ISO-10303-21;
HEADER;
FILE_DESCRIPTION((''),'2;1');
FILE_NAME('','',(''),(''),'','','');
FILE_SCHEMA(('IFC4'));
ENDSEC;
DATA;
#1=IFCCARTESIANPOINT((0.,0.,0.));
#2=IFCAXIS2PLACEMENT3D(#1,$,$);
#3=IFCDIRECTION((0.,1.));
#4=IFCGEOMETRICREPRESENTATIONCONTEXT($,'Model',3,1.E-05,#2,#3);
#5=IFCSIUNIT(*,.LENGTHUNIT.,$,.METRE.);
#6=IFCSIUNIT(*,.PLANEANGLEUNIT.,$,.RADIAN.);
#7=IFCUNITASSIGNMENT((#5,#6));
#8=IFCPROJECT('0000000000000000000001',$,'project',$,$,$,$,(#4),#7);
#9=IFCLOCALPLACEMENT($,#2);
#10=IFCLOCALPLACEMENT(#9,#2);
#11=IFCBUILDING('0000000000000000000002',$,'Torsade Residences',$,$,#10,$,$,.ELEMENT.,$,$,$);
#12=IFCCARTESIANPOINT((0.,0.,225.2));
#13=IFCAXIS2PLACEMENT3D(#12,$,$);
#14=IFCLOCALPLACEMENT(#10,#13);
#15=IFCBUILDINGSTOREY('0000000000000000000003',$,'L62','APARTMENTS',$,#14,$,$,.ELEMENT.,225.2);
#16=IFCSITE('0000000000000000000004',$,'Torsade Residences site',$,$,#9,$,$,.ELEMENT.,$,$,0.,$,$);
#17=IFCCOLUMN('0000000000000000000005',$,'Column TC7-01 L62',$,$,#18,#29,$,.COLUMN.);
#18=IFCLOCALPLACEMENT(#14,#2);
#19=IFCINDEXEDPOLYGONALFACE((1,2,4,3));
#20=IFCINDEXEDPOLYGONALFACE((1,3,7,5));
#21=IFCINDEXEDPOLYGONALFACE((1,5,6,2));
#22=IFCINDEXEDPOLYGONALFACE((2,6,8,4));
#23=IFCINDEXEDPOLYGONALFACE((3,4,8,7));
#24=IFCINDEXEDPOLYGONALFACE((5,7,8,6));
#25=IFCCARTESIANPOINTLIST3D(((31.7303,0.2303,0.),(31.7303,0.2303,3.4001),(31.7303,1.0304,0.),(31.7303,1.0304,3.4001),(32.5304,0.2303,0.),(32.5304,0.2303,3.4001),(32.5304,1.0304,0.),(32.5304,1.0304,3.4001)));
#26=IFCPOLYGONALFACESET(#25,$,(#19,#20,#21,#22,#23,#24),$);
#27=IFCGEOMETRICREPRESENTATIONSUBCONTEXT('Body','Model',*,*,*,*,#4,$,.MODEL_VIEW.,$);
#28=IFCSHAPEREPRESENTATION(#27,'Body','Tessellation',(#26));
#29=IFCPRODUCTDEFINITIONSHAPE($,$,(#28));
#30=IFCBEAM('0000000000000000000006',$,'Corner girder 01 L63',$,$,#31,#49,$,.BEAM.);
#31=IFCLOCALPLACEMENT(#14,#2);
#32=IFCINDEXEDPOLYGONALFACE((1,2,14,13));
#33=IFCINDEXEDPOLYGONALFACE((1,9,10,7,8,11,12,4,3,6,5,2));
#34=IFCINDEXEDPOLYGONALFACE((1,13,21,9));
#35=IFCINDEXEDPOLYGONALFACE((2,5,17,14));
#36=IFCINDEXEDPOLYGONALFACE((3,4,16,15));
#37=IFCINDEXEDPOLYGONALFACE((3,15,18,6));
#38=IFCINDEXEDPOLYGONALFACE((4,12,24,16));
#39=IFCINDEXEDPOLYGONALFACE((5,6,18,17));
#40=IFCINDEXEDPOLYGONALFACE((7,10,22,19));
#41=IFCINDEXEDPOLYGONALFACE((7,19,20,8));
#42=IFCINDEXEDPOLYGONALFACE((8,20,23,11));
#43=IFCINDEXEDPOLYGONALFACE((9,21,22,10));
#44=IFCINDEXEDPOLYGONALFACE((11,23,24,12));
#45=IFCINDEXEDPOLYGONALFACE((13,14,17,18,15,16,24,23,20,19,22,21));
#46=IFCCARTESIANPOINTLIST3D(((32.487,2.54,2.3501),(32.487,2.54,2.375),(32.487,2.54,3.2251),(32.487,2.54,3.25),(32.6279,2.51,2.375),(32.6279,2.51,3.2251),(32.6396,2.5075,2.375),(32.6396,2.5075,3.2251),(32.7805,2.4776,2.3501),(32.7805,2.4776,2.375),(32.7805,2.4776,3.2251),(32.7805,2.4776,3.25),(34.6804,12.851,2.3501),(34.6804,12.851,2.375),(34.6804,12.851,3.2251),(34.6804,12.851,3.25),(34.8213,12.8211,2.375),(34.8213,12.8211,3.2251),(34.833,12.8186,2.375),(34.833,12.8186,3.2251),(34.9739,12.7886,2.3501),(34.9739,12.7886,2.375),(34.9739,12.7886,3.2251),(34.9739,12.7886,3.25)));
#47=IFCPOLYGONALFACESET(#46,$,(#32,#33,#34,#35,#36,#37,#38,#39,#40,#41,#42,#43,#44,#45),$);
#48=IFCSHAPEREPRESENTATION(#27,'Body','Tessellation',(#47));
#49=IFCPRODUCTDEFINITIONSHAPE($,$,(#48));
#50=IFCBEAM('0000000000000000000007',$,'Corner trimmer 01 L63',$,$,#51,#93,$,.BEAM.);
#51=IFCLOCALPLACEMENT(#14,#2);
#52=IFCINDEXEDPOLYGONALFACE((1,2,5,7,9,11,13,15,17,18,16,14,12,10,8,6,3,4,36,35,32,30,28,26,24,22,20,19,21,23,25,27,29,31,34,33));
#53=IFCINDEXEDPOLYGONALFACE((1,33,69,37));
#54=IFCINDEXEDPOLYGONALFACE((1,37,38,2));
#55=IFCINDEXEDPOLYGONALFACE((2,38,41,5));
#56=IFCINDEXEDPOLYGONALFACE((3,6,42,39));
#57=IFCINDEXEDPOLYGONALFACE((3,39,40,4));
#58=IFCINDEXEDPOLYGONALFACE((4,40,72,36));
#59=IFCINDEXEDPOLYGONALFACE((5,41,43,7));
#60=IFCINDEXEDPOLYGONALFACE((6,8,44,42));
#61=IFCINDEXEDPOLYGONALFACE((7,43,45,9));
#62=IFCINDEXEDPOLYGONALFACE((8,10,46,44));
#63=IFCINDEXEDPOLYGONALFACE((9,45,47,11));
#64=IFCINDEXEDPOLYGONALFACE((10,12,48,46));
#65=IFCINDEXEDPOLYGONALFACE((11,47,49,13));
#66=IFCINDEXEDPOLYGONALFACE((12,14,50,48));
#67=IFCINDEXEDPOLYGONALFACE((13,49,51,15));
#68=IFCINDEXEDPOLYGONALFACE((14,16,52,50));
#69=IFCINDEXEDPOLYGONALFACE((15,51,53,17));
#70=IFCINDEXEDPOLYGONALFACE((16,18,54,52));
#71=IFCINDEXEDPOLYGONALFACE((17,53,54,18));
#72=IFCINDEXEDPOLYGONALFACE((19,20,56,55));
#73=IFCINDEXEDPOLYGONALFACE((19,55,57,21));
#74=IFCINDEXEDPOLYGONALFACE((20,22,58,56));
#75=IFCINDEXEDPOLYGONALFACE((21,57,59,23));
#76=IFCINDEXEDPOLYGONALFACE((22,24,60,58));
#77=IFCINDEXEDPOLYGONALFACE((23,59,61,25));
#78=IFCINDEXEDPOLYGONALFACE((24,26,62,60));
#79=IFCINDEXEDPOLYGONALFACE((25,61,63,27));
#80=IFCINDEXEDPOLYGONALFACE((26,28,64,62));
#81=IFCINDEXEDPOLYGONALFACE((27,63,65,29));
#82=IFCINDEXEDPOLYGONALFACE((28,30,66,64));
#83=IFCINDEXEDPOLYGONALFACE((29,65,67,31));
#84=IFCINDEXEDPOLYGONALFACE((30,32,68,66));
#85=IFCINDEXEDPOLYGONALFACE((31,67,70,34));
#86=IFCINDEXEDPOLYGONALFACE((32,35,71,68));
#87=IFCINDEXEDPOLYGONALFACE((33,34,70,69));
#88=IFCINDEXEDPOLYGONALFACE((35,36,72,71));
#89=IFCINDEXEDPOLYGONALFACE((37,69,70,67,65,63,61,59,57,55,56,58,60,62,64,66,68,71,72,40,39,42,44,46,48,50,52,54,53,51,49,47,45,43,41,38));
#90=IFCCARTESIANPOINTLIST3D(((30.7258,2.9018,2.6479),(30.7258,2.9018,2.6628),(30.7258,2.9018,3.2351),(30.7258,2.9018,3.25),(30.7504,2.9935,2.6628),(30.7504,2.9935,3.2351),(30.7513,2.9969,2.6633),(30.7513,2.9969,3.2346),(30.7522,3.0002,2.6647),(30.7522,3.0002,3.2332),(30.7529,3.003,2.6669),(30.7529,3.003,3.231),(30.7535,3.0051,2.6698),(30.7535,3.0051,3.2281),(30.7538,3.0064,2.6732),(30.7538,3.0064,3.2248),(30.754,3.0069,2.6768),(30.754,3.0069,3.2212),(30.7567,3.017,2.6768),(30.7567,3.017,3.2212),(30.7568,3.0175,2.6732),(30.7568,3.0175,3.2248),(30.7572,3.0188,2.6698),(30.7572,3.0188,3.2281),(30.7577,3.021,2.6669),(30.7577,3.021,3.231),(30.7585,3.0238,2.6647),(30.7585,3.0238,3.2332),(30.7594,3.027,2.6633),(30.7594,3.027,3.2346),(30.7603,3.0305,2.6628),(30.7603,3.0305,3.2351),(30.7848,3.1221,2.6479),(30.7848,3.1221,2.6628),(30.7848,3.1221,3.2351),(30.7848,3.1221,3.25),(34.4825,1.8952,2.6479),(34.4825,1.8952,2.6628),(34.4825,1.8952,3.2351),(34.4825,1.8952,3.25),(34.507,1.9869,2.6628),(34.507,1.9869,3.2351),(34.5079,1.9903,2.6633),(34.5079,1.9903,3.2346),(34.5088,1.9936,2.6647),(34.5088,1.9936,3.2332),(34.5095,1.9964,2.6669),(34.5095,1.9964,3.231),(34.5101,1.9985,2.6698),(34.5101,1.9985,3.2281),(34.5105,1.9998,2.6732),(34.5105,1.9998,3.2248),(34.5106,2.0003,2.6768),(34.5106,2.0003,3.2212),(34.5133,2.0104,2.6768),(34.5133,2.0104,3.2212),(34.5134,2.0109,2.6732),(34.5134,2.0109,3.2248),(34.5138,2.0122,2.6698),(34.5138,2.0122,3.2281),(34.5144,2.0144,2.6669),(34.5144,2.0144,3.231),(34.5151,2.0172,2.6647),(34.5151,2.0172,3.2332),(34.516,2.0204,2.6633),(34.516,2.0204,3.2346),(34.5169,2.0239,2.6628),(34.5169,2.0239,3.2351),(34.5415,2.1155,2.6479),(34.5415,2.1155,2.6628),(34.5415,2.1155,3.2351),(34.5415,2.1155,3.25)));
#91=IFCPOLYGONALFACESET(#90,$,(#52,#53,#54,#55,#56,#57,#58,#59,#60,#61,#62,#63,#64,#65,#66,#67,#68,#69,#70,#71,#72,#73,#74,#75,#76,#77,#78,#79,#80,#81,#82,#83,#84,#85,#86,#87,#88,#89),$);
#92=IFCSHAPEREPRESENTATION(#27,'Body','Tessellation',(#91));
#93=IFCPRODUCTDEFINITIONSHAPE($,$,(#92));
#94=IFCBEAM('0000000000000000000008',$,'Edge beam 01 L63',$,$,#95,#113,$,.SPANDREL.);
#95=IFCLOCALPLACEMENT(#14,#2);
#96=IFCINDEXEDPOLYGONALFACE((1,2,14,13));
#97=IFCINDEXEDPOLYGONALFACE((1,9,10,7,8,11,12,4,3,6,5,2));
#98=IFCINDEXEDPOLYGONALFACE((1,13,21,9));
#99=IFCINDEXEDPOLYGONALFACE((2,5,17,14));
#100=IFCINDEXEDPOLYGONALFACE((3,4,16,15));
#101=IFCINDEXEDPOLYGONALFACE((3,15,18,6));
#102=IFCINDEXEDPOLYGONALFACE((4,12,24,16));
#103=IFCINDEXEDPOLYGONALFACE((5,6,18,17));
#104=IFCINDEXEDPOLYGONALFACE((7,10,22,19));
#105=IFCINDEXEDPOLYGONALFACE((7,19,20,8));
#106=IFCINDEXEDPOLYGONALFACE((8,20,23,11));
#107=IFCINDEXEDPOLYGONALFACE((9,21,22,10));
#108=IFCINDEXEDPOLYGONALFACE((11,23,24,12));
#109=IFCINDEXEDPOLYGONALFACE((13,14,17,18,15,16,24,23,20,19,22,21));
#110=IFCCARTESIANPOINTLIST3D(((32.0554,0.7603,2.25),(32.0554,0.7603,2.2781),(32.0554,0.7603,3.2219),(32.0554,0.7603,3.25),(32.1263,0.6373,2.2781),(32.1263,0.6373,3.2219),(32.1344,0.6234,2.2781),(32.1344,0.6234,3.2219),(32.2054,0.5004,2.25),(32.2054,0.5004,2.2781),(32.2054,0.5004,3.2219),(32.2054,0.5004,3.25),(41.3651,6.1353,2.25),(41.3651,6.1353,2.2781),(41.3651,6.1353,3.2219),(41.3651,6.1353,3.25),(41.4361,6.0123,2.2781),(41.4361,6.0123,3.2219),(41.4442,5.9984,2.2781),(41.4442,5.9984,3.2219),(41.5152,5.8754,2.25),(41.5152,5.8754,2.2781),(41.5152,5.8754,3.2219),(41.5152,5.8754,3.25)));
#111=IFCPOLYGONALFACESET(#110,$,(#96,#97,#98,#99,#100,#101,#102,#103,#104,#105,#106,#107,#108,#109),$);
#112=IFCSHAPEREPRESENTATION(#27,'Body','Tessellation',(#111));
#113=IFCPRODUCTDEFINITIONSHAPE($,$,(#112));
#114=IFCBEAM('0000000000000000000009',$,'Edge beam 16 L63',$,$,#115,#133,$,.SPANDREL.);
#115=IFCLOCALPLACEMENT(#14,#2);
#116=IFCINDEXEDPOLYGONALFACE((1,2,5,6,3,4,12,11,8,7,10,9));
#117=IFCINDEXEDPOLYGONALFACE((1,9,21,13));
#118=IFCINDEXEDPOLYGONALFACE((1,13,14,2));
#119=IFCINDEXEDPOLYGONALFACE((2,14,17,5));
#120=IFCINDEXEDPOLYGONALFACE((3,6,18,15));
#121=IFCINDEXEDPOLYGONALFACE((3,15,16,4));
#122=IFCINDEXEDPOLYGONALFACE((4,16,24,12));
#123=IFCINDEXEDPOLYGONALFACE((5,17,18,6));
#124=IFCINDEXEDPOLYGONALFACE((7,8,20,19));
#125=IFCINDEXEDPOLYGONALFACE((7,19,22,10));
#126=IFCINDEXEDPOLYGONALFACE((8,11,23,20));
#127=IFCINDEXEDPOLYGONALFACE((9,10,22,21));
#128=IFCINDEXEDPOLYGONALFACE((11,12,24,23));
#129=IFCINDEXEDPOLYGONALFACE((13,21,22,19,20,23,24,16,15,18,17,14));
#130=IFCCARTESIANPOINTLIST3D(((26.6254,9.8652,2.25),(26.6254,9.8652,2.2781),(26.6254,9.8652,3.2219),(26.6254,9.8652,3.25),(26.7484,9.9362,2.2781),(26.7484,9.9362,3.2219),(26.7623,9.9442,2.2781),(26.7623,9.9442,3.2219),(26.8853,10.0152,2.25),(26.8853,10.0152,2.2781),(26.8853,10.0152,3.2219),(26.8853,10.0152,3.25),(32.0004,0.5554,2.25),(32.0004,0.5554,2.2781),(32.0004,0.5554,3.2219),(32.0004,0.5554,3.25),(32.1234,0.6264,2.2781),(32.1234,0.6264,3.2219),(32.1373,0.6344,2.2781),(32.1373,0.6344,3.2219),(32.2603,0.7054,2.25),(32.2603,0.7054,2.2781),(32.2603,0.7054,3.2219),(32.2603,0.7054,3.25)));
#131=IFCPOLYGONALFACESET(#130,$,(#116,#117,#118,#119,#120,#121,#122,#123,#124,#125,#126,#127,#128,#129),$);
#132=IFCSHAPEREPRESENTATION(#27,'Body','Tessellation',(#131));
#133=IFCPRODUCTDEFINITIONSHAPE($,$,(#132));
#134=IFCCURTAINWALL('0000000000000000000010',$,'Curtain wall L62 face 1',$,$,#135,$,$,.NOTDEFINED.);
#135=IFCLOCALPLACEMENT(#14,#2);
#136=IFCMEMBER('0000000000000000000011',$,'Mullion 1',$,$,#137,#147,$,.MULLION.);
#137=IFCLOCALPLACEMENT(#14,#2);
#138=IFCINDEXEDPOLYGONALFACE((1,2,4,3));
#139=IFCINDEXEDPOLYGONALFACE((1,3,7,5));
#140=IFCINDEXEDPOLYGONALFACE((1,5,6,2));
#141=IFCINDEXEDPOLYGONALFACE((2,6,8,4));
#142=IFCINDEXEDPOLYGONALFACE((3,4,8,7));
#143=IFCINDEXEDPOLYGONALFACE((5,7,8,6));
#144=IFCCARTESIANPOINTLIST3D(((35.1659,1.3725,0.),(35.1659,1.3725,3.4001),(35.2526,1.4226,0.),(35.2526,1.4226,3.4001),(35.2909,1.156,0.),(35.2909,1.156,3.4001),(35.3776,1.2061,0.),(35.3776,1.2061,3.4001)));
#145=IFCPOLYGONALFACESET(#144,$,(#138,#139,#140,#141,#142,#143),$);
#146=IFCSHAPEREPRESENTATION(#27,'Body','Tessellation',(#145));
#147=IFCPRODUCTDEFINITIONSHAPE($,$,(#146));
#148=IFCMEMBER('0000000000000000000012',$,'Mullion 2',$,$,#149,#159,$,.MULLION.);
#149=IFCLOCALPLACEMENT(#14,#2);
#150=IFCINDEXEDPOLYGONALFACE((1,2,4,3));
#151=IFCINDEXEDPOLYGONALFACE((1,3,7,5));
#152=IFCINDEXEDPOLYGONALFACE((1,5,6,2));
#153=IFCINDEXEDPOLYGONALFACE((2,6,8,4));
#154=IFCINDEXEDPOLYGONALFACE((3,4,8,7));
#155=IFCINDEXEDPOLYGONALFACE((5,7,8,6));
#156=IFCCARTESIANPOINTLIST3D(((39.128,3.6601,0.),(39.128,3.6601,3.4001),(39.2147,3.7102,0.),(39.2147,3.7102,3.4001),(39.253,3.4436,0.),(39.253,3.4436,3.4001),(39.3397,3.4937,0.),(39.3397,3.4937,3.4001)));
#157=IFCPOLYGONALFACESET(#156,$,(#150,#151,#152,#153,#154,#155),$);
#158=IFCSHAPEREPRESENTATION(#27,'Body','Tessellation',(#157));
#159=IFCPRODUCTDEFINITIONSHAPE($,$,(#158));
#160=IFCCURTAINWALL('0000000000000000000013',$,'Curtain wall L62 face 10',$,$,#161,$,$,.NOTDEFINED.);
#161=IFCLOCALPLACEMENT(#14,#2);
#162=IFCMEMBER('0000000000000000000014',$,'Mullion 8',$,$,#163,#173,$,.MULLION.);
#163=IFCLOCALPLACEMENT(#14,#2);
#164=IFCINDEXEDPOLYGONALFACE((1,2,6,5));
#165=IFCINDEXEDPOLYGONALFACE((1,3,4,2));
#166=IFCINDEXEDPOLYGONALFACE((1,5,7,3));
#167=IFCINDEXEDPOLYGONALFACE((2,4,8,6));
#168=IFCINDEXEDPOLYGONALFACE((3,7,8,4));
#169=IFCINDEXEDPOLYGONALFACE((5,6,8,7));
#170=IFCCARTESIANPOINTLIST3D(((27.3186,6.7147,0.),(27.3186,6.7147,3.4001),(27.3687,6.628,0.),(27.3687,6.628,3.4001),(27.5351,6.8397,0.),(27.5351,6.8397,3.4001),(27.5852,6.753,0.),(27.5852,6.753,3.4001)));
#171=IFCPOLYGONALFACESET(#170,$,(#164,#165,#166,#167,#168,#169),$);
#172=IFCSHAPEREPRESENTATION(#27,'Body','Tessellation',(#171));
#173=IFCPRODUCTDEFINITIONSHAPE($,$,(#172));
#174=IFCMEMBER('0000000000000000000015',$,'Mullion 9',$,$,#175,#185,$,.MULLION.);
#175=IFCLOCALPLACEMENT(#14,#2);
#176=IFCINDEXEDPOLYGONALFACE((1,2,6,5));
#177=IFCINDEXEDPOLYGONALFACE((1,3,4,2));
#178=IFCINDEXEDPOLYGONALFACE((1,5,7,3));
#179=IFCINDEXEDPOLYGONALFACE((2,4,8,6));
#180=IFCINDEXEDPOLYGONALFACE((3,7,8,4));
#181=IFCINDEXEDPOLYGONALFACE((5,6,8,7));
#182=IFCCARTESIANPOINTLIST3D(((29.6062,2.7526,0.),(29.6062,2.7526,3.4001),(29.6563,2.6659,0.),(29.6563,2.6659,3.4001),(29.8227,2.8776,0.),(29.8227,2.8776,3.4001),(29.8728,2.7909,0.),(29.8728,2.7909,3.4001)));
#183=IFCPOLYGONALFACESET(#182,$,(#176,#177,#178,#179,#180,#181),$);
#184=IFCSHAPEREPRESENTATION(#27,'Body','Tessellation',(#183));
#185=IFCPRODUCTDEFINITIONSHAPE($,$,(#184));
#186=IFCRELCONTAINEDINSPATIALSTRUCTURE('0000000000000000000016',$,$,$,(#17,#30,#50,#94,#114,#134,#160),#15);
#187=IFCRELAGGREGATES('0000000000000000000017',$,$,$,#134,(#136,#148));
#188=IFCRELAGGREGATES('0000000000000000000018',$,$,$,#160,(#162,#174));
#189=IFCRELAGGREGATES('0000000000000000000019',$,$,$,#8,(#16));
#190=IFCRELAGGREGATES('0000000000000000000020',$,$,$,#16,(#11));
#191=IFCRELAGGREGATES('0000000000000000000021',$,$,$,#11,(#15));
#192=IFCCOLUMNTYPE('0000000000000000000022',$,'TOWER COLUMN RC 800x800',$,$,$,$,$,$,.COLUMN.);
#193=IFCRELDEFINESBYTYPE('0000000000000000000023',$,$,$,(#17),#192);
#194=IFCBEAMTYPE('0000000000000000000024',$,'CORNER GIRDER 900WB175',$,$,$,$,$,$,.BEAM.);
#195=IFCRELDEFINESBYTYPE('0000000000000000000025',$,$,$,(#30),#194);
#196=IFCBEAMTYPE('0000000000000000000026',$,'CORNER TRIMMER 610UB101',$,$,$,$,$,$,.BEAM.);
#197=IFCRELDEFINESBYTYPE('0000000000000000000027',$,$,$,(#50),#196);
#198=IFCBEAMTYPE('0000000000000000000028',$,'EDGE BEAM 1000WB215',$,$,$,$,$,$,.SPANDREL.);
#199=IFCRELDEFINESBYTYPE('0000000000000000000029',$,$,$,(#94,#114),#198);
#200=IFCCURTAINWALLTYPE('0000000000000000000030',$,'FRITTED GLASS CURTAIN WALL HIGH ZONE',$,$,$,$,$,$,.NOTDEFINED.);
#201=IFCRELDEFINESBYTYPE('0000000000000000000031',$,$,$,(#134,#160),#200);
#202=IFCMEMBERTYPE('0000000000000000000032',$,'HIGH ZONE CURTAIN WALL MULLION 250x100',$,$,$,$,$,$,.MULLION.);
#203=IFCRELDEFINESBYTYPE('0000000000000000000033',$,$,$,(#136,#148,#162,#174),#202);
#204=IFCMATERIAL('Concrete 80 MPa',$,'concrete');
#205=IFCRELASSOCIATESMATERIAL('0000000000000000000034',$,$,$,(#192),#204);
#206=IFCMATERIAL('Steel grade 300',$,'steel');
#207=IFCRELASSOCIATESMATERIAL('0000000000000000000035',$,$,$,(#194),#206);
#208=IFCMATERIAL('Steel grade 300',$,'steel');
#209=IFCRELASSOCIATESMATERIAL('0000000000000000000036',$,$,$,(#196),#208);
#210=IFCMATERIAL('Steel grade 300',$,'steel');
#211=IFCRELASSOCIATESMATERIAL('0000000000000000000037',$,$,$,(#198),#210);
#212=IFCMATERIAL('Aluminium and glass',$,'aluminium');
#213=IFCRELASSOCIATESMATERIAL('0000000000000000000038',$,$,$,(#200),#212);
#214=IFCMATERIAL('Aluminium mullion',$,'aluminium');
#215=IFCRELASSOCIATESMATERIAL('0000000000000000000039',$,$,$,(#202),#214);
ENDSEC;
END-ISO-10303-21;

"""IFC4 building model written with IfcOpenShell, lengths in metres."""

from ifc_helpers import new_model, si_unit, direction, frame, origin, origin_2d, place, context, subcontext, project, spatial, rectangle, i_section, extrude, material, material_profile, profile_set, type_object, element, aggregate, save


model = new_model("IFC4")

# Units and contexts
model_context = context("Model", 3, precision=1e-05, world=origin(), true_north=direction((0.0, 1.0)))
body_context = subcontext(model_context, "Body", "Model", "MODEL_VIEW")
ifc_project = project(units=[si_unit("LENGTHUNIT", "METRE"), si_unit("PLANEANGLEUNIT", "RADIAN")], contexts=[model_context])

# Site, building, storey
site_placement = place(None, origin())
site = spatial("IfcSite", under=ifc_project, at=site_placement, Name="Torsade Residences site", CompositionType="ELEMENT", RefElevation=0.0)
building_placement = place(site_placement, origin())
building = spatial("IfcBuilding", under=site, at=building_placement, Name="Torsade Residences", CompositionType="ELEMENT")
storey_placement = place(building_placement, frame((0.0, 0.0, 225.2)))
storey = spatial("IfcBuildingStorey", under=building, at=storey_placement, Name="L62", Description="APARTMENTS", CompositionType="ELEMENT", Elevation=225.2)

# Column
ifc_material_1 = material(Name="Concrete 80 MPa", Category="concrete")
ifc_material_profile_1 = material_profile(ifc_material_1, rectangle(XDim=0.8, YDim=0.8, at=origin_2d()), Name="RC 800x800")
ifc_profile_set_1 = profile_set([ifc_material_profile_1], Name="Concrete 80 MPa")
column_type = type_object("IfcColumnType", Name="TOWER COLUMN RC 800x800", PredefinedType="COLUMN", material=ifc_profile_set_1)
column_placement = place(storey_placement, frame((32.1304, 0.6304, 0.0), z_axis=(0.0, 0.0, 1.0), x_axis=(1.0, 0.0, 0.0)))
element("IfcColumn", 1, at=column_placement, inside=storey, type_object=column_type, Name="Column TC7-01 L62", PredefinedType="COLUMN", context=body_context, shape_type="SweptSolid", body=[
    extrude(rectangle(XDim=0.8, YDim=0.8, at=origin_2d()), origin(), (0.0, 0.0, 1.0), 3.4001),
])

# Beams
ifc_material_2 = material(Name="Steel grade 300", Category="steel")
ifc_material_profile_2 = material_profile(ifc_material_2, i_section(OverallWidth=0.3, OverallDepth=0.8999, WebThickness=0.012, FlangeThickness=0.0249, at=origin_2d()), Name="900WB175")
ifc_profile_set_2 = profile_set([ifc_material_profile_2], Name="Steel grade 300")
beam_type_1 = type_object("IfcBeamType", Name="CORNER GIRDER 900WB175", PredefinedType="BEAM", material=ifc_profile_set_2)
beam_1_placement = place(storey_placement, frame((32.6338, 2.5088, 2.8), z_axis=(0.208064, 0.978115, 0.0), x_axis=(-0.978115, 0.208064, 0.0)))
element("IfcBeam", 2, at=beam_1_placement, inside=storey, type_object=beam_type_1, Name="Corner girder 01 L63", PredefinedType="BEAM", context=body_context, shape_type="SweptSolid", body=[
    extrude(i_section(OverallWidth=0.3, OverallDepth=0.8999, WebThickness=0.012, FlangeThickness=0.0249, at=origin_2d()), origin(), (0.0, 0.0, 1.0), 10.5417),
])
ifc_material_3 = material(Name="Steel grade 300", Category="steel")
ifc_material_profile_3 = material_profile(ifc_material_3, i_section(OverallWidth=0.228, OverallDepth=0.6021, WebThickness=0.0105, FlangeThickness=0.0149, FilletRadius=0.0139, at=origin_2d()), Name="610UB101")
ifc_profile_set_3 = profile_set([ifc_material_profile_3], Name="Steel grade 300")
beam_type_2 = type_object("IfcBeamType", Name="CORNER TRIMMER 610UB101", PredefinedType="BEAM", material=ifc_profile_set_3)
beam_2_placement = place(storey_placement, frame((34.512, 2.0054, 2.949), z_axis=(-0.965925, 0.258823, 0.0), x_axis=(-0.258823, -0.965925, 0.0)))
element("IfcBeam", 3, at=beam_2_placement, inside=storey, type_object=beam_type_2, Name="Corner trimmer 01 L63", PredefinedType="BEAM", context=body_context, shape_type="SweptSolid", body=[
    extrude(i_section(OverallWidth=0.228, OverallDepth=0.6021, WebThickness=0.0105, FlangeThickness=0.0149, FilletRadius=0.0139, at=origin_2d()), origin(), (0.0, 0.0, 1.0), 3.8892),
])
ifc_material_4 = material(Name="Steel grade 300", Category="steel")
ifc_material_profile_4 = material_profile(ifc_material_4, i_section(OverallWidth=0.3, OverallDepth=1.0, WebThickness=0.0161, FlangeThickness=0.0281, at=origin_2d()), Name="1000WB215")
ifc_profile_set_4 = profile_set([ifc_material_profile_4], Name="Steel grade 300")
beam_type_3 = type_object("IfcBeamType", Name="EDGE BEAM 1000WB215", PredefinedType="SPANDREL", material=ifc_profile_set_4)
for number, where, z_axis, x_axis, name in (
    (4, (32.1304, 0.6304, 2.75), (0.866026, 0.499998, 0.0), (-0.499998, 0.866026, 0.0), "Edge beam 01 L63"),
    (5, (26.7554, 9.9402, 2.75), (0.499998, -0.866026, 0.0), (0.866026, 0.499998, 0.0), "Edge beam 16 L63"),
):
    element("IfcBeam", number, at=place(storey_placement, frame(where, z_axis=z_axis, x_axis=x_axis)), inside=storey, type_object=beam_type_3, Name=name, PredefinedType="SPANDREL", context=body_context, shape_type="SweptSolid", body=[
        extrude(i_section(OverallWidth=0.3, OverallDepth=1.0, WebThickness=0.0161, FlangeThickness=0.0281, at=origin_2d()), origin(), (0.0, 0.0, 1.0), 10.75),
    ])

# Curtain walls, members
ifc_material_5 = material(Name="Aluminium and glass", Category="aluminium")
curtain_wall_type = type_object("IfcCurtainWallType", Name="FRITTED GLASS CURTAIN WALL HIGH ZONE", PredefinedType="NOTDEFINED", material=ifc_material_5)
curtain_wall_1_placement = place(storey_placement, origin())
curtain_wall_1 = element("IfcCurtainWall", 6, at=curtain_wall_1_placement, inside=storey, type_object=curtain_wall_type, Name="Curtain wall L62 face 1", PredefinedType="NOTDEFINED")
ifc_material_6 = material(Name="Aluminium mullion", Category="aluminium")
ifc_material_profile_5 = material_profile(ifc_material_6, rectangle(XDim=0.25, YDim=0.1001, at=origin_2d()), Name="HIGH ZONE CURTAIN WALL MULLION 250x100")
ifc_profile_set_5 = profile_set([ifc_material_profile_5], Name="Aluminium mullion")
member_type_1 = type_object("IfcMemberType", Name="HIGH ZONE CURTAIN WALL MULLION 250x100", PredefinedType="MULLION", material=ifc_profile_set_5)
member_1_placement = place(storey_placement, frame((35.2717, 1.2893, 0.0), z_axis=(0.0, 0.0, 1.0), x_axis=(-0.5, 0.866025, 0.0)))
member_1 = element("IfcMember", 7, at=member_1_placement, type_object=member_type_1, Name="Mullion 1", PredefinedType="MULLION", context=body_context, shape_type="SweptSolid", body=[
    extrude(rectangle(XDim=0.25, YDim=0.1001, at=origin_2d()), origin(), (0.0, 0.0, 1.0), 3.4001),
])
member_2_placement = place(storey_placement, frame((39.2339, 3.5769, 0.0), z_axis=(0.0, 0.0, 1.0), x_axis=(-0.5, 0.866025, 0.0)))
member_2 = element("IfcMember", 8, at=member_2_placement, type_object=member_type_1, Name="Mullion 2", PredefinedType="MULLION", context=body_context, shape_type="SweptSolid", body=[
    extrude(rectangle(XDim=0.25, YDim=0.1001, at=origin_2d()), origin(), (0.0, 0.0, 1.0), 3.4001),
])
curtain_wall_2_placement = place(storey_placement, origin())
curtain_wall_2 = element("IfcCurtainWall", 9, at=curtain_wall_2_placement, inside=storey, type_object=curtain_wall_type, Name="Curtain wall L62 face 10", PredefinedType="NOTDEFINED")
member_3_placement = place(storey_placement, frame((27.4519, 6.7339, 0.0), z_axis=(0.0, 0.0, 1.0), x_axis=(0.866025, 0.5, 0.0)))
member_3 = element("IfcMember", 10, at=member_3_placement, type_object=member_type_1, Name="Mullion 8", PredefinedType="MULLION", context=body_context, shape_type="SweptSolid", body=[
    extrude(rectangle(XDim=0.25, YDim=0.1001, at=origin_2d()), origin(), (0.0, 0.0, 1.0), 3.4001),
])
member_4_placement = place(storey_placement, frame((29.7395, 2.7717, 0.0), z_axis=(0.0, 0.0, 1.0), x_axis=(0.866025, 0.5, 0.0)))
member_4 = element("IfcMember", 11, at=member_4_placement, type_object=member_type_1, Name="Mullion 9", PredefinedType="MULLION", context=body_context, shape_type="SweptSolid", body=[
    extrude(rectangle(XDim=0.25, YDim=0.1001, at=origin_2d()), origin(), (0.0, 0.0, 1.0), 3.4001),
])

aggregate(curtain_wall_1, [member_1, member_2])
aggregate(curtain_wall_2, [member_3, member_4])

save(model, "model.ifc")
